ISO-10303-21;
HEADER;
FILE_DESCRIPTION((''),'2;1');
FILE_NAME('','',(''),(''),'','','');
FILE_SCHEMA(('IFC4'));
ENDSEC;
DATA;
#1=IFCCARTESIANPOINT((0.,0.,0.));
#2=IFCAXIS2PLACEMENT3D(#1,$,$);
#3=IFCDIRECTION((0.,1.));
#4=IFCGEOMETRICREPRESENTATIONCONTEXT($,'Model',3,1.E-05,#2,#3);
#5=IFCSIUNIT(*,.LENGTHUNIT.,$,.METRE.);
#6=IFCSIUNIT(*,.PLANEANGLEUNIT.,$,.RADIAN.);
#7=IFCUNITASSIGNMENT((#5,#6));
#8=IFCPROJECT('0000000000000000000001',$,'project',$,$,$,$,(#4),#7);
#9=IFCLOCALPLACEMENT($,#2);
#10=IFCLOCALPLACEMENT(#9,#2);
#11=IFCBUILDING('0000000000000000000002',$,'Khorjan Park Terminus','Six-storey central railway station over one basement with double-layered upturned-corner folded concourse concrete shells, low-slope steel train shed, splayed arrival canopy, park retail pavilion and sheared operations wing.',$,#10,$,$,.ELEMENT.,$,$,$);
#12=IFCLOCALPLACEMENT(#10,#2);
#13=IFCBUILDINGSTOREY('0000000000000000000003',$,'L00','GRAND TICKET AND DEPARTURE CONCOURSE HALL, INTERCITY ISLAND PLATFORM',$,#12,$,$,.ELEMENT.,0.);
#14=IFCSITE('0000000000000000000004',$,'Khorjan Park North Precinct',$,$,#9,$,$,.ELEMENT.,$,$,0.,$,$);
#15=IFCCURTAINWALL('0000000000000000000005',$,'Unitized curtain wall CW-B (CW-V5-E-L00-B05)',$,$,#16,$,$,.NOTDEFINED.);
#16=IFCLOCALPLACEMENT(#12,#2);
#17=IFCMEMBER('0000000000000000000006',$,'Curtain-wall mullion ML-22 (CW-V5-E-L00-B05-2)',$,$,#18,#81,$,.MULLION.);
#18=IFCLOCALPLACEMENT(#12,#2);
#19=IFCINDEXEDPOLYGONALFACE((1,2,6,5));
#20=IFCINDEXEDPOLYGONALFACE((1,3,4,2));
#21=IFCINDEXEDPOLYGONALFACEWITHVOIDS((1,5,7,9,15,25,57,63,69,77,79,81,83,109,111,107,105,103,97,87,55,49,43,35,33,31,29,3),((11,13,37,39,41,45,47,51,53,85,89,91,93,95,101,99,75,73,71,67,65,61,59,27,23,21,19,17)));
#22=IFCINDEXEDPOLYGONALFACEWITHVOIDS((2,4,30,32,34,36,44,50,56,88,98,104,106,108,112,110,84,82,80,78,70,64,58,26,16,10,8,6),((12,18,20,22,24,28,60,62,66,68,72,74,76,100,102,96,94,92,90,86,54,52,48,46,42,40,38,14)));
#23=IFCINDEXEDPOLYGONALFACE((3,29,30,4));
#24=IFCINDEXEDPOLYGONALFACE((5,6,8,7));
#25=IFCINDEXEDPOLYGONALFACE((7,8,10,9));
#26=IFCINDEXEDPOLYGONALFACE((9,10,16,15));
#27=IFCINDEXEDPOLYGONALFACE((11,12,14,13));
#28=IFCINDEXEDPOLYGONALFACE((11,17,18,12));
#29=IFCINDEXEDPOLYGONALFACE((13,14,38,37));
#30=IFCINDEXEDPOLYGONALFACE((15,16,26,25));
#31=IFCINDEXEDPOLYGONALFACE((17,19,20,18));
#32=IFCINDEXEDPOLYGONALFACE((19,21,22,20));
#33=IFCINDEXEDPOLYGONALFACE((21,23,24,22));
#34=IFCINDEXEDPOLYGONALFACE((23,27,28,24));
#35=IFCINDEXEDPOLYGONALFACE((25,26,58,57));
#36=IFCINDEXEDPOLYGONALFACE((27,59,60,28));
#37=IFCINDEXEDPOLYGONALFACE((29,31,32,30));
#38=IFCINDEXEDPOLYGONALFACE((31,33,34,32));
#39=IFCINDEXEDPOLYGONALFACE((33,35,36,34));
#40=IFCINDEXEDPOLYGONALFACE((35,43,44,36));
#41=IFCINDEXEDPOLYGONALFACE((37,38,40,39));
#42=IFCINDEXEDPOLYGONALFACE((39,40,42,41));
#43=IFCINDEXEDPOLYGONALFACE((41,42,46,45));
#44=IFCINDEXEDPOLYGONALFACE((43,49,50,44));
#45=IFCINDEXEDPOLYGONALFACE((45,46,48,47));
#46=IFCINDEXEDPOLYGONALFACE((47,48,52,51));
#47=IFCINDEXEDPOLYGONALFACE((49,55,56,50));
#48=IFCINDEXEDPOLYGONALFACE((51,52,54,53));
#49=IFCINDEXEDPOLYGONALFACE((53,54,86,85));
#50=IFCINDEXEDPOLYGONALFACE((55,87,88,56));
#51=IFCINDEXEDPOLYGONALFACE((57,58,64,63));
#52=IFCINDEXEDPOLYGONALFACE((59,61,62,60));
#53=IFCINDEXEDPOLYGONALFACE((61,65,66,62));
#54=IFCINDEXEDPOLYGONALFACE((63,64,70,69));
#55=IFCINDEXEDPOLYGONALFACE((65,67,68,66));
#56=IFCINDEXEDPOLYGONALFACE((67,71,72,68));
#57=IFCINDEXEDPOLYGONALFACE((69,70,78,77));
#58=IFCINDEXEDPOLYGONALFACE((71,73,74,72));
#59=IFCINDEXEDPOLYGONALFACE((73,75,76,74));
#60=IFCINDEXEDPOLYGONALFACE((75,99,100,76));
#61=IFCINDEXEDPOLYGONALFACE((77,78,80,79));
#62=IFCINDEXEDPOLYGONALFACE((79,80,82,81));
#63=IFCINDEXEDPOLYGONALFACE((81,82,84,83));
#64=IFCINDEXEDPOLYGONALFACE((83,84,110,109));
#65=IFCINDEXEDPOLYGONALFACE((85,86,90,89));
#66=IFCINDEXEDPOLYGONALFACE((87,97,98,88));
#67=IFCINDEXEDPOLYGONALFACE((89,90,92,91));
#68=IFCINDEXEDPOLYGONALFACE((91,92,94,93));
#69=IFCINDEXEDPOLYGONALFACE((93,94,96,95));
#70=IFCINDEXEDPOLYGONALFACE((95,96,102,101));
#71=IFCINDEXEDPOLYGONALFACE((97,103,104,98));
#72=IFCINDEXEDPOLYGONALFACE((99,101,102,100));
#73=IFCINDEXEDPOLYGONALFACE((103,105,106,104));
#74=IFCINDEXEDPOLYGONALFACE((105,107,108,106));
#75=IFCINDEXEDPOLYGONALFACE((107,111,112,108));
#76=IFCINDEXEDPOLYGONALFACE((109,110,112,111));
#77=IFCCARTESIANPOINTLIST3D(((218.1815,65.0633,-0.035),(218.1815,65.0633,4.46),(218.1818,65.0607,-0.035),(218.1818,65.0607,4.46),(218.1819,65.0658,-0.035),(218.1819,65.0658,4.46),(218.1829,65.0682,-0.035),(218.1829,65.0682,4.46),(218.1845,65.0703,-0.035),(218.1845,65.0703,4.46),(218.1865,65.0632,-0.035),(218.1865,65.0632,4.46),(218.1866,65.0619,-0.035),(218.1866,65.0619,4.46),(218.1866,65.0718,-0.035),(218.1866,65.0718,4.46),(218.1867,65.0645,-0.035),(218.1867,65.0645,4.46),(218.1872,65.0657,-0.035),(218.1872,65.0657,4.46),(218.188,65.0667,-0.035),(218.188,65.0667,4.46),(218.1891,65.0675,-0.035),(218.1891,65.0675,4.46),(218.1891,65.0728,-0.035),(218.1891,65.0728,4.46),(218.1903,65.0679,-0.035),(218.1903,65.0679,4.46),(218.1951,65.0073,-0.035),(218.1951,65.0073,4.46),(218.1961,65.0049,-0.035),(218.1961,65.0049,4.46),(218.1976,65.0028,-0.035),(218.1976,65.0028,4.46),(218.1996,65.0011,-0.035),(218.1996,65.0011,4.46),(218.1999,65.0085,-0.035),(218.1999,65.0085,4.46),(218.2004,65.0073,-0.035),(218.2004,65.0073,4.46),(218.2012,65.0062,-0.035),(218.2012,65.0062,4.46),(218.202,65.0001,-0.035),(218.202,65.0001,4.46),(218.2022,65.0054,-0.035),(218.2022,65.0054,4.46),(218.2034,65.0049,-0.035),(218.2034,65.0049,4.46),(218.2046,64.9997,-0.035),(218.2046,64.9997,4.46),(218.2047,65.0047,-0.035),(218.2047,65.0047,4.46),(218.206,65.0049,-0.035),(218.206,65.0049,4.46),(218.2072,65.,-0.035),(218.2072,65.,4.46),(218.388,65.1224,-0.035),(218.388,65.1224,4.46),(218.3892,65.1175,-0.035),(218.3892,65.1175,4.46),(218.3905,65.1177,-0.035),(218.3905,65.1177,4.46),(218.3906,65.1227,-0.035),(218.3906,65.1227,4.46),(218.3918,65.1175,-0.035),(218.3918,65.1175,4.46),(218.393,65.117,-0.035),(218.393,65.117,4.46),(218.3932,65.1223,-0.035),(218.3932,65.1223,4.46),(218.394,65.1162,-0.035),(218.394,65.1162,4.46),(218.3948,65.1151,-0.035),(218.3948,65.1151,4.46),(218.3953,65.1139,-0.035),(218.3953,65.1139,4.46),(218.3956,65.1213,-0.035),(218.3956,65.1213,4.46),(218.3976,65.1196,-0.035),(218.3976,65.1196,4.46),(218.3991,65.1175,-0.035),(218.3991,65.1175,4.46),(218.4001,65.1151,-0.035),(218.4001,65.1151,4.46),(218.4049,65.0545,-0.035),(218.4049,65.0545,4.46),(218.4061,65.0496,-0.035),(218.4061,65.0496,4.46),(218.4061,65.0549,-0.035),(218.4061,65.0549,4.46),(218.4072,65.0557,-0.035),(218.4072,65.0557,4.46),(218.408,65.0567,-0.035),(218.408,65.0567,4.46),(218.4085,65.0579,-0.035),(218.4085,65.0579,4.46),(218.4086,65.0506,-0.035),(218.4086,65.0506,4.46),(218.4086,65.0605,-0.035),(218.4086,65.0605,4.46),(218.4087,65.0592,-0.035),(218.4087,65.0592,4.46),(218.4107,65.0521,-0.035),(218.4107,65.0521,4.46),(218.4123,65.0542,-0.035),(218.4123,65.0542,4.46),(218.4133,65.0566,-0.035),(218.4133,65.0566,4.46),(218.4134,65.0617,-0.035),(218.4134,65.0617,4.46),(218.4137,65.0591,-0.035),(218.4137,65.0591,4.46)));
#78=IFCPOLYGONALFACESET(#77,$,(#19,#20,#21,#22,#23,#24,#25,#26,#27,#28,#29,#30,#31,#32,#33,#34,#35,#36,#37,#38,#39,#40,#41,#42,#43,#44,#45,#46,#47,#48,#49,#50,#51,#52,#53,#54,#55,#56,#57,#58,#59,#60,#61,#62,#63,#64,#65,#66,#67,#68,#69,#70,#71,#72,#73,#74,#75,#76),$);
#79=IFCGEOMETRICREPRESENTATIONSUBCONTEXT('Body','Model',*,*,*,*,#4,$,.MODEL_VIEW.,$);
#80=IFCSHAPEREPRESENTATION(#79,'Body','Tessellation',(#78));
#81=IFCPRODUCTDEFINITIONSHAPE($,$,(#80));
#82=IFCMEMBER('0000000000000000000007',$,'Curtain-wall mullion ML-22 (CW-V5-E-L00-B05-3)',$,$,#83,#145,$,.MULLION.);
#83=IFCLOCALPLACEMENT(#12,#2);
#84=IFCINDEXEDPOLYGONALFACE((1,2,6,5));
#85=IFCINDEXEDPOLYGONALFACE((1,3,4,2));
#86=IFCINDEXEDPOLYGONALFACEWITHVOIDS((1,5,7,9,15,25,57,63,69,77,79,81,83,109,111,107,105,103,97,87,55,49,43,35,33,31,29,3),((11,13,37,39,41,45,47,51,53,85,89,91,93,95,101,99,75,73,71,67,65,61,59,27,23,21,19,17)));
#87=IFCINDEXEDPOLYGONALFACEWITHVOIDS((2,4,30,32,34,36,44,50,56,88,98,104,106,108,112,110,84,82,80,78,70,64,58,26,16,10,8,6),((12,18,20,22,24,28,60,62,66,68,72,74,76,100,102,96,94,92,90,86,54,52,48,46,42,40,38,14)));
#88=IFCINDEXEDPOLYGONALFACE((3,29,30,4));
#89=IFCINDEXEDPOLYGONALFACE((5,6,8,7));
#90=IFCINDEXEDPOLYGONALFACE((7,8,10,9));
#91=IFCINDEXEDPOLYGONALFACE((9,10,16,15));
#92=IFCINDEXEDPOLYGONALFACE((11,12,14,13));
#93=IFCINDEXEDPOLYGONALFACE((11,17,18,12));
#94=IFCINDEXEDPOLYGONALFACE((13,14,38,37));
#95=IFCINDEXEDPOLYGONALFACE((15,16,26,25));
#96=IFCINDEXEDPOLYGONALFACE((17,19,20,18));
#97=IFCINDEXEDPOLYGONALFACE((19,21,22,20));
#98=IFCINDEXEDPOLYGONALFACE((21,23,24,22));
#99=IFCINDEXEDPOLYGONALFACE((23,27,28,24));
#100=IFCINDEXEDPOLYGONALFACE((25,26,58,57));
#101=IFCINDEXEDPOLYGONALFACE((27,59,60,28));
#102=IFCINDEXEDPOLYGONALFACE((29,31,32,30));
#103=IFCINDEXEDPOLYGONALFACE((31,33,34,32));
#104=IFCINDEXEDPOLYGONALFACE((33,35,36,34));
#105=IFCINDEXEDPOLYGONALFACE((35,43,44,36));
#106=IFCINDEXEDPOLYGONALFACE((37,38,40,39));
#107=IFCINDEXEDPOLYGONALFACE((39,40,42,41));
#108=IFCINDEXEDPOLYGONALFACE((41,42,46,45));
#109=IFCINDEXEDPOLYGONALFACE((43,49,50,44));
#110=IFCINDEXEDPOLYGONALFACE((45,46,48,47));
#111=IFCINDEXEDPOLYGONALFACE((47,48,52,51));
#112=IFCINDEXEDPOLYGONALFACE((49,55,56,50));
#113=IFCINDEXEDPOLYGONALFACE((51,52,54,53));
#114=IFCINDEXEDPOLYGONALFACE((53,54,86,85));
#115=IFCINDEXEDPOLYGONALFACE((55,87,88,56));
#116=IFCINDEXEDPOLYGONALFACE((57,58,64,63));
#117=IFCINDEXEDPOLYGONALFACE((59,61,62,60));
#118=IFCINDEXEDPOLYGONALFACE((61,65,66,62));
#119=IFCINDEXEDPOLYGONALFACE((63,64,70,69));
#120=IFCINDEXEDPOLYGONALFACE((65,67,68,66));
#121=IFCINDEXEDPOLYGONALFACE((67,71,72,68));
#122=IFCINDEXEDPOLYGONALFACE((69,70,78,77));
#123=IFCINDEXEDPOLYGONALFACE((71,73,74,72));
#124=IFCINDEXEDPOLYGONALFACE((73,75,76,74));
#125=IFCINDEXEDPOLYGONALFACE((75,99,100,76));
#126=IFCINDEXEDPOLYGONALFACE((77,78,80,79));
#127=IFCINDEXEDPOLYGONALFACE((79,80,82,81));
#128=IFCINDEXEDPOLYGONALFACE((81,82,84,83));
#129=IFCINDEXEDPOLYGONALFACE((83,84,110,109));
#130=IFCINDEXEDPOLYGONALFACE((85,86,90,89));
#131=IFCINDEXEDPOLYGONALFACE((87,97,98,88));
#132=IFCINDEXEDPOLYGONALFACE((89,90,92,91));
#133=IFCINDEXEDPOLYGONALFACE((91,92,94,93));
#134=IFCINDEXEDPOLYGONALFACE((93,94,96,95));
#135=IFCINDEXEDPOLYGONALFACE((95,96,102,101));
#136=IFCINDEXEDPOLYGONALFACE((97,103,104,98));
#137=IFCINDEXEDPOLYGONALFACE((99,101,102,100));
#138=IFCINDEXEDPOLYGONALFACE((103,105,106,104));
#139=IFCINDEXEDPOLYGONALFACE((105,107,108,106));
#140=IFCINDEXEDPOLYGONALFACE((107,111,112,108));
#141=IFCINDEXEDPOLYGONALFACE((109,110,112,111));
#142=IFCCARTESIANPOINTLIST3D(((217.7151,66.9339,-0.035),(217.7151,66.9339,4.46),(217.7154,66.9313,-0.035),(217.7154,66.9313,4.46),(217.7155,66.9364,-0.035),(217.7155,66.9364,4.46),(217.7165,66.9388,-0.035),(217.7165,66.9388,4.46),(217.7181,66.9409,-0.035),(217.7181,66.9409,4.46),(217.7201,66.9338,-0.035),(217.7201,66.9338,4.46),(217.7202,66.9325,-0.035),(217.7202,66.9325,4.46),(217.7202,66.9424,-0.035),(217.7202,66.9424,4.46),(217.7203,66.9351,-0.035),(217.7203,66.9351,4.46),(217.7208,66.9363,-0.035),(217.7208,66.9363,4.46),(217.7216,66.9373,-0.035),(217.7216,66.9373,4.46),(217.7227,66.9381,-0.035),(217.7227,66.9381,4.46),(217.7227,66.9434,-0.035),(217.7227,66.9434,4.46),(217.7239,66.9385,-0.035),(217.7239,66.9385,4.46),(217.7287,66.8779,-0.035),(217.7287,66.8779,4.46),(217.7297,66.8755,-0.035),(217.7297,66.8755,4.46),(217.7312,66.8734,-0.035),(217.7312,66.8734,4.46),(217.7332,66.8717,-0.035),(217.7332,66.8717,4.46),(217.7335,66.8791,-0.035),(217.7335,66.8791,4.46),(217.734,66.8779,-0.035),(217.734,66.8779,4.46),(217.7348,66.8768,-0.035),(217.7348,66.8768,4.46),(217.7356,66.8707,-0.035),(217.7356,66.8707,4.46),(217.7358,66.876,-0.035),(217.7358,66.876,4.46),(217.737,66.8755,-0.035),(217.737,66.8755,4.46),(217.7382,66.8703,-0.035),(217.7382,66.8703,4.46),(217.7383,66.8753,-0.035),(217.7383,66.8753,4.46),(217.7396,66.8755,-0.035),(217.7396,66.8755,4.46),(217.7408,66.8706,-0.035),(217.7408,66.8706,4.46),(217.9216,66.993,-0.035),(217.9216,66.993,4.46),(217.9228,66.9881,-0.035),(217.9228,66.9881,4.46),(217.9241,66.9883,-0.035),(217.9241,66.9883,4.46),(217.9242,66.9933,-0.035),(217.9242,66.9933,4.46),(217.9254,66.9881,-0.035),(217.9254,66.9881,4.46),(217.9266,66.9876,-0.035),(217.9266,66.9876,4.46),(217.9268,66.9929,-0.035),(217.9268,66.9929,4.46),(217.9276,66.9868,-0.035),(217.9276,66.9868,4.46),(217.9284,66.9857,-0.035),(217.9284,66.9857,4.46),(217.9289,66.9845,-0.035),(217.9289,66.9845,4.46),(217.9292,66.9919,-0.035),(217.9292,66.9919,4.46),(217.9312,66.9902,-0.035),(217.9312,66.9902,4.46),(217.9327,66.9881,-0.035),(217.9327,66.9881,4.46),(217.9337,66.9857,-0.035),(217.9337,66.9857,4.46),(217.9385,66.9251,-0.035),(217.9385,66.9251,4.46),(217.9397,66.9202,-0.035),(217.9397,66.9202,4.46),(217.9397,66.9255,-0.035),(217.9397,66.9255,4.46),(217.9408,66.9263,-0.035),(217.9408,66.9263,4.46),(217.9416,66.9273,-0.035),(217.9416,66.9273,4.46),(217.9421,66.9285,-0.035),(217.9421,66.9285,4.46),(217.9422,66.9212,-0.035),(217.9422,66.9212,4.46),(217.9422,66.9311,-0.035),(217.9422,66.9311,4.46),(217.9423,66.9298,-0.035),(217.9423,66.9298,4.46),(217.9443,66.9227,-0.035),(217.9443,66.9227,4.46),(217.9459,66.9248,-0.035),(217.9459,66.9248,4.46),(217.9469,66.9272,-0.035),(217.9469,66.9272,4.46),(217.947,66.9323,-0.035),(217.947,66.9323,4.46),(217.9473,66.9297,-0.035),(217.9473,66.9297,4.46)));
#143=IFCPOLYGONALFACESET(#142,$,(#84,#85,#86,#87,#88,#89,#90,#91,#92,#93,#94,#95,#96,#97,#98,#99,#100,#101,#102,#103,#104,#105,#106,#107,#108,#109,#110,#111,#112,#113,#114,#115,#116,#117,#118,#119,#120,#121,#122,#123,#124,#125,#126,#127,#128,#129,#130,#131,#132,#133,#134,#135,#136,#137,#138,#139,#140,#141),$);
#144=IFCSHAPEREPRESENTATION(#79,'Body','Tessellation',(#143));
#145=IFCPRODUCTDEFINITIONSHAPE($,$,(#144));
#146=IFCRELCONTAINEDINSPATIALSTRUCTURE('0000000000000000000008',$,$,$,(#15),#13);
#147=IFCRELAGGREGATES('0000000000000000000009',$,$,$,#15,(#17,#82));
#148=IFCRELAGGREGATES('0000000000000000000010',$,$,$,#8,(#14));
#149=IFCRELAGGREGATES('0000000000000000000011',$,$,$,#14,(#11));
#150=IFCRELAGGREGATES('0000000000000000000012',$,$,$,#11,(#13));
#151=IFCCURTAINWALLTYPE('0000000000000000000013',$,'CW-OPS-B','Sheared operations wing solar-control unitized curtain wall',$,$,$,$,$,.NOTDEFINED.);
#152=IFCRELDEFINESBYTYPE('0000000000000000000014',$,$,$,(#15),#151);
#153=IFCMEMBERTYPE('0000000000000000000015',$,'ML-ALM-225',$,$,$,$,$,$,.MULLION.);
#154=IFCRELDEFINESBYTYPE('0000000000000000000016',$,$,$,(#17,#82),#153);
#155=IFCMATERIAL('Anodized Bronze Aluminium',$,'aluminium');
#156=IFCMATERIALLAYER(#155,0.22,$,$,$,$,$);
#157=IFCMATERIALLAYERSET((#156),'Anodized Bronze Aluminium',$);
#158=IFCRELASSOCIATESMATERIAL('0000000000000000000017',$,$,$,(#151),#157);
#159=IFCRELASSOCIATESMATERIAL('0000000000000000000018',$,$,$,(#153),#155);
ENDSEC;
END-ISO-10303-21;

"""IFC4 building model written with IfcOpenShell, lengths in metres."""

from ifc_helpers import new_model, si_unit, direction, frame, origin, origin_2d, place, context, subcontext, project, spatial, hollow_rectangle, extrude, material, layer, layer_set, material_profile, profile_set, type_object, element, aggregate, save


model = new_model("IFC4")

# Units and contexts
model_context = context("Model", 3, precision=1e-05, world=origin(), true_north=direction((0.0, 1.0)))
body_context = subcontext(model_context, "Body", "Model", "MODEL_VIEW")
ifc_project = project(units=[si_unit("LENGTHUNIT", "METRE"), si_unit("PLANEANGLEUNIT", "RADIAN")], contexts=[model_context])

# Site, building, storey
site_placement = place(None, origin())
site = spatial("IfcSite", under=ifc_project, at=site_placement, Name="Khorjan Park North Precinct", CompositionType="ELEMENT", RefElevation=0.0)
building_placement = place(site_placement, origin())
building = spatial("IfcBuilding", under=site, at=building_placement, Name="Khorjan Park Terminus", Description="Six-storey central railway station over one basement with double-layered upturned-corner folded concourse concrete shells, low-slope steel train shed, splayed arrival canopy, park retail pavilion and sheared operations wing.", CompositionType="ELEMENT")
storey_placement = place(building_placement, origin())
storey = spatial("IfcBuildingStorey", under=building, at=storey_placement, Name="L00", Description="GRAND TICKET AND DEPARTURE CONCOURSE HALL, INTERCITY ISLAND PLATFORM", CompositionType="ELEMENT", Elevation=0.0)

# Curtain wall, members
ifc_material_1 = material(Name="Anodized Bronze Aluminium", Category="aluminium")
ifc_layer_1 = layer(ifc_material_1, 0.22)
ifc_layer_set_1 = layer_set([ifc_layer_1], Name="Anodized Bronze Aluminium")
curtain_wall_type = type_object("IfcCurtainWallType", Name="CW-OPS-B", Description="Sheared operations wing solar-control unitized curtain wall", PredefinedType="NOTDEFINED", material=ifc_layer_set_1)
curtain_wall_placement = place(storey_placement, origin())
curtain_wall = element("IfcCurtainWall", 1, at=curtain_wall_placement, inside=storey, type_object=curtain_wall_type, Name="Unitized curtain wall CW-B (CW-V5-E-L00-B05)", PredefinedType="NOTDEFINED")
ifc_material_profile_1 = material_profile(ifc_material_1, hollow_rectangle(XDim=0.075, YDim=0.225, WallThickness=0.005, InnerFilletRadius=0.005, OuterFilletRadius=0.01, at=origin_2d()), Name="ALM 75x225x5")
ifc_profile_set_1 = profile_set([ifc_material_profile_1], Name="Anodized Bronze Aluminium")
member_type_1 = type_object("IfcMemberType", Name="ML-ALM-225", PredefinedType="MULLION", material=ifc_profile_set_1)
member_1_placement = place(storey_placement, frame((218.2976, 65.0612, -0.035), z_axis=(0.0, 0.0, 1.0), x_axis=(-0.241935, 0.970292, 0.0)))
member_1 = element("IfcMember", 2, at=member_1_placement, type_object=member_type_1, Name="Curtain-wall mullion ML-22 (CW-V5-E-L00-B05-2)", PredefinedType="MULLION", context=body_context, shape_type="SweptSolid", body=[
    extrude(hollow_rectangle(XDim=0.075, YDim=0.225, WallThickness=0.005, InnerFilletRadius=0.005, OuterFilletRadius=0.01, at=origin_2d()), origin(), (0.0, 0.0, 1.0), 4.495),
])
member_2_placement = place(storey_placement, frame((217.8312, 66.9318, -0.035), z_axis=(0.0, 0.0, 1.0), x_axis=(-0.241935, 0.970292, 0.0)))
member_2 = element("IfcMember", 3, at=member_2_placement, type_object=member_type_1, Name="Curtain-wall mullion ML-22 (CW-V5-E-L00-B05-3)", PredefinedType="MULLION", context=body_context, shape_type="SweptSolid", body=[
    extrude(hollow_rectangle(XDim=0.075, YDim=0.225, WallThickness=0.005, InnerFilletRadius=0.005, OuterFilletRadius=0.01, at=origin_2d()), origin(), (0.0, 0.0, 1.0), 4.495),
])
aggregate(curtain_wall, [member_1, member_2])

save(model, "model.ifc")
